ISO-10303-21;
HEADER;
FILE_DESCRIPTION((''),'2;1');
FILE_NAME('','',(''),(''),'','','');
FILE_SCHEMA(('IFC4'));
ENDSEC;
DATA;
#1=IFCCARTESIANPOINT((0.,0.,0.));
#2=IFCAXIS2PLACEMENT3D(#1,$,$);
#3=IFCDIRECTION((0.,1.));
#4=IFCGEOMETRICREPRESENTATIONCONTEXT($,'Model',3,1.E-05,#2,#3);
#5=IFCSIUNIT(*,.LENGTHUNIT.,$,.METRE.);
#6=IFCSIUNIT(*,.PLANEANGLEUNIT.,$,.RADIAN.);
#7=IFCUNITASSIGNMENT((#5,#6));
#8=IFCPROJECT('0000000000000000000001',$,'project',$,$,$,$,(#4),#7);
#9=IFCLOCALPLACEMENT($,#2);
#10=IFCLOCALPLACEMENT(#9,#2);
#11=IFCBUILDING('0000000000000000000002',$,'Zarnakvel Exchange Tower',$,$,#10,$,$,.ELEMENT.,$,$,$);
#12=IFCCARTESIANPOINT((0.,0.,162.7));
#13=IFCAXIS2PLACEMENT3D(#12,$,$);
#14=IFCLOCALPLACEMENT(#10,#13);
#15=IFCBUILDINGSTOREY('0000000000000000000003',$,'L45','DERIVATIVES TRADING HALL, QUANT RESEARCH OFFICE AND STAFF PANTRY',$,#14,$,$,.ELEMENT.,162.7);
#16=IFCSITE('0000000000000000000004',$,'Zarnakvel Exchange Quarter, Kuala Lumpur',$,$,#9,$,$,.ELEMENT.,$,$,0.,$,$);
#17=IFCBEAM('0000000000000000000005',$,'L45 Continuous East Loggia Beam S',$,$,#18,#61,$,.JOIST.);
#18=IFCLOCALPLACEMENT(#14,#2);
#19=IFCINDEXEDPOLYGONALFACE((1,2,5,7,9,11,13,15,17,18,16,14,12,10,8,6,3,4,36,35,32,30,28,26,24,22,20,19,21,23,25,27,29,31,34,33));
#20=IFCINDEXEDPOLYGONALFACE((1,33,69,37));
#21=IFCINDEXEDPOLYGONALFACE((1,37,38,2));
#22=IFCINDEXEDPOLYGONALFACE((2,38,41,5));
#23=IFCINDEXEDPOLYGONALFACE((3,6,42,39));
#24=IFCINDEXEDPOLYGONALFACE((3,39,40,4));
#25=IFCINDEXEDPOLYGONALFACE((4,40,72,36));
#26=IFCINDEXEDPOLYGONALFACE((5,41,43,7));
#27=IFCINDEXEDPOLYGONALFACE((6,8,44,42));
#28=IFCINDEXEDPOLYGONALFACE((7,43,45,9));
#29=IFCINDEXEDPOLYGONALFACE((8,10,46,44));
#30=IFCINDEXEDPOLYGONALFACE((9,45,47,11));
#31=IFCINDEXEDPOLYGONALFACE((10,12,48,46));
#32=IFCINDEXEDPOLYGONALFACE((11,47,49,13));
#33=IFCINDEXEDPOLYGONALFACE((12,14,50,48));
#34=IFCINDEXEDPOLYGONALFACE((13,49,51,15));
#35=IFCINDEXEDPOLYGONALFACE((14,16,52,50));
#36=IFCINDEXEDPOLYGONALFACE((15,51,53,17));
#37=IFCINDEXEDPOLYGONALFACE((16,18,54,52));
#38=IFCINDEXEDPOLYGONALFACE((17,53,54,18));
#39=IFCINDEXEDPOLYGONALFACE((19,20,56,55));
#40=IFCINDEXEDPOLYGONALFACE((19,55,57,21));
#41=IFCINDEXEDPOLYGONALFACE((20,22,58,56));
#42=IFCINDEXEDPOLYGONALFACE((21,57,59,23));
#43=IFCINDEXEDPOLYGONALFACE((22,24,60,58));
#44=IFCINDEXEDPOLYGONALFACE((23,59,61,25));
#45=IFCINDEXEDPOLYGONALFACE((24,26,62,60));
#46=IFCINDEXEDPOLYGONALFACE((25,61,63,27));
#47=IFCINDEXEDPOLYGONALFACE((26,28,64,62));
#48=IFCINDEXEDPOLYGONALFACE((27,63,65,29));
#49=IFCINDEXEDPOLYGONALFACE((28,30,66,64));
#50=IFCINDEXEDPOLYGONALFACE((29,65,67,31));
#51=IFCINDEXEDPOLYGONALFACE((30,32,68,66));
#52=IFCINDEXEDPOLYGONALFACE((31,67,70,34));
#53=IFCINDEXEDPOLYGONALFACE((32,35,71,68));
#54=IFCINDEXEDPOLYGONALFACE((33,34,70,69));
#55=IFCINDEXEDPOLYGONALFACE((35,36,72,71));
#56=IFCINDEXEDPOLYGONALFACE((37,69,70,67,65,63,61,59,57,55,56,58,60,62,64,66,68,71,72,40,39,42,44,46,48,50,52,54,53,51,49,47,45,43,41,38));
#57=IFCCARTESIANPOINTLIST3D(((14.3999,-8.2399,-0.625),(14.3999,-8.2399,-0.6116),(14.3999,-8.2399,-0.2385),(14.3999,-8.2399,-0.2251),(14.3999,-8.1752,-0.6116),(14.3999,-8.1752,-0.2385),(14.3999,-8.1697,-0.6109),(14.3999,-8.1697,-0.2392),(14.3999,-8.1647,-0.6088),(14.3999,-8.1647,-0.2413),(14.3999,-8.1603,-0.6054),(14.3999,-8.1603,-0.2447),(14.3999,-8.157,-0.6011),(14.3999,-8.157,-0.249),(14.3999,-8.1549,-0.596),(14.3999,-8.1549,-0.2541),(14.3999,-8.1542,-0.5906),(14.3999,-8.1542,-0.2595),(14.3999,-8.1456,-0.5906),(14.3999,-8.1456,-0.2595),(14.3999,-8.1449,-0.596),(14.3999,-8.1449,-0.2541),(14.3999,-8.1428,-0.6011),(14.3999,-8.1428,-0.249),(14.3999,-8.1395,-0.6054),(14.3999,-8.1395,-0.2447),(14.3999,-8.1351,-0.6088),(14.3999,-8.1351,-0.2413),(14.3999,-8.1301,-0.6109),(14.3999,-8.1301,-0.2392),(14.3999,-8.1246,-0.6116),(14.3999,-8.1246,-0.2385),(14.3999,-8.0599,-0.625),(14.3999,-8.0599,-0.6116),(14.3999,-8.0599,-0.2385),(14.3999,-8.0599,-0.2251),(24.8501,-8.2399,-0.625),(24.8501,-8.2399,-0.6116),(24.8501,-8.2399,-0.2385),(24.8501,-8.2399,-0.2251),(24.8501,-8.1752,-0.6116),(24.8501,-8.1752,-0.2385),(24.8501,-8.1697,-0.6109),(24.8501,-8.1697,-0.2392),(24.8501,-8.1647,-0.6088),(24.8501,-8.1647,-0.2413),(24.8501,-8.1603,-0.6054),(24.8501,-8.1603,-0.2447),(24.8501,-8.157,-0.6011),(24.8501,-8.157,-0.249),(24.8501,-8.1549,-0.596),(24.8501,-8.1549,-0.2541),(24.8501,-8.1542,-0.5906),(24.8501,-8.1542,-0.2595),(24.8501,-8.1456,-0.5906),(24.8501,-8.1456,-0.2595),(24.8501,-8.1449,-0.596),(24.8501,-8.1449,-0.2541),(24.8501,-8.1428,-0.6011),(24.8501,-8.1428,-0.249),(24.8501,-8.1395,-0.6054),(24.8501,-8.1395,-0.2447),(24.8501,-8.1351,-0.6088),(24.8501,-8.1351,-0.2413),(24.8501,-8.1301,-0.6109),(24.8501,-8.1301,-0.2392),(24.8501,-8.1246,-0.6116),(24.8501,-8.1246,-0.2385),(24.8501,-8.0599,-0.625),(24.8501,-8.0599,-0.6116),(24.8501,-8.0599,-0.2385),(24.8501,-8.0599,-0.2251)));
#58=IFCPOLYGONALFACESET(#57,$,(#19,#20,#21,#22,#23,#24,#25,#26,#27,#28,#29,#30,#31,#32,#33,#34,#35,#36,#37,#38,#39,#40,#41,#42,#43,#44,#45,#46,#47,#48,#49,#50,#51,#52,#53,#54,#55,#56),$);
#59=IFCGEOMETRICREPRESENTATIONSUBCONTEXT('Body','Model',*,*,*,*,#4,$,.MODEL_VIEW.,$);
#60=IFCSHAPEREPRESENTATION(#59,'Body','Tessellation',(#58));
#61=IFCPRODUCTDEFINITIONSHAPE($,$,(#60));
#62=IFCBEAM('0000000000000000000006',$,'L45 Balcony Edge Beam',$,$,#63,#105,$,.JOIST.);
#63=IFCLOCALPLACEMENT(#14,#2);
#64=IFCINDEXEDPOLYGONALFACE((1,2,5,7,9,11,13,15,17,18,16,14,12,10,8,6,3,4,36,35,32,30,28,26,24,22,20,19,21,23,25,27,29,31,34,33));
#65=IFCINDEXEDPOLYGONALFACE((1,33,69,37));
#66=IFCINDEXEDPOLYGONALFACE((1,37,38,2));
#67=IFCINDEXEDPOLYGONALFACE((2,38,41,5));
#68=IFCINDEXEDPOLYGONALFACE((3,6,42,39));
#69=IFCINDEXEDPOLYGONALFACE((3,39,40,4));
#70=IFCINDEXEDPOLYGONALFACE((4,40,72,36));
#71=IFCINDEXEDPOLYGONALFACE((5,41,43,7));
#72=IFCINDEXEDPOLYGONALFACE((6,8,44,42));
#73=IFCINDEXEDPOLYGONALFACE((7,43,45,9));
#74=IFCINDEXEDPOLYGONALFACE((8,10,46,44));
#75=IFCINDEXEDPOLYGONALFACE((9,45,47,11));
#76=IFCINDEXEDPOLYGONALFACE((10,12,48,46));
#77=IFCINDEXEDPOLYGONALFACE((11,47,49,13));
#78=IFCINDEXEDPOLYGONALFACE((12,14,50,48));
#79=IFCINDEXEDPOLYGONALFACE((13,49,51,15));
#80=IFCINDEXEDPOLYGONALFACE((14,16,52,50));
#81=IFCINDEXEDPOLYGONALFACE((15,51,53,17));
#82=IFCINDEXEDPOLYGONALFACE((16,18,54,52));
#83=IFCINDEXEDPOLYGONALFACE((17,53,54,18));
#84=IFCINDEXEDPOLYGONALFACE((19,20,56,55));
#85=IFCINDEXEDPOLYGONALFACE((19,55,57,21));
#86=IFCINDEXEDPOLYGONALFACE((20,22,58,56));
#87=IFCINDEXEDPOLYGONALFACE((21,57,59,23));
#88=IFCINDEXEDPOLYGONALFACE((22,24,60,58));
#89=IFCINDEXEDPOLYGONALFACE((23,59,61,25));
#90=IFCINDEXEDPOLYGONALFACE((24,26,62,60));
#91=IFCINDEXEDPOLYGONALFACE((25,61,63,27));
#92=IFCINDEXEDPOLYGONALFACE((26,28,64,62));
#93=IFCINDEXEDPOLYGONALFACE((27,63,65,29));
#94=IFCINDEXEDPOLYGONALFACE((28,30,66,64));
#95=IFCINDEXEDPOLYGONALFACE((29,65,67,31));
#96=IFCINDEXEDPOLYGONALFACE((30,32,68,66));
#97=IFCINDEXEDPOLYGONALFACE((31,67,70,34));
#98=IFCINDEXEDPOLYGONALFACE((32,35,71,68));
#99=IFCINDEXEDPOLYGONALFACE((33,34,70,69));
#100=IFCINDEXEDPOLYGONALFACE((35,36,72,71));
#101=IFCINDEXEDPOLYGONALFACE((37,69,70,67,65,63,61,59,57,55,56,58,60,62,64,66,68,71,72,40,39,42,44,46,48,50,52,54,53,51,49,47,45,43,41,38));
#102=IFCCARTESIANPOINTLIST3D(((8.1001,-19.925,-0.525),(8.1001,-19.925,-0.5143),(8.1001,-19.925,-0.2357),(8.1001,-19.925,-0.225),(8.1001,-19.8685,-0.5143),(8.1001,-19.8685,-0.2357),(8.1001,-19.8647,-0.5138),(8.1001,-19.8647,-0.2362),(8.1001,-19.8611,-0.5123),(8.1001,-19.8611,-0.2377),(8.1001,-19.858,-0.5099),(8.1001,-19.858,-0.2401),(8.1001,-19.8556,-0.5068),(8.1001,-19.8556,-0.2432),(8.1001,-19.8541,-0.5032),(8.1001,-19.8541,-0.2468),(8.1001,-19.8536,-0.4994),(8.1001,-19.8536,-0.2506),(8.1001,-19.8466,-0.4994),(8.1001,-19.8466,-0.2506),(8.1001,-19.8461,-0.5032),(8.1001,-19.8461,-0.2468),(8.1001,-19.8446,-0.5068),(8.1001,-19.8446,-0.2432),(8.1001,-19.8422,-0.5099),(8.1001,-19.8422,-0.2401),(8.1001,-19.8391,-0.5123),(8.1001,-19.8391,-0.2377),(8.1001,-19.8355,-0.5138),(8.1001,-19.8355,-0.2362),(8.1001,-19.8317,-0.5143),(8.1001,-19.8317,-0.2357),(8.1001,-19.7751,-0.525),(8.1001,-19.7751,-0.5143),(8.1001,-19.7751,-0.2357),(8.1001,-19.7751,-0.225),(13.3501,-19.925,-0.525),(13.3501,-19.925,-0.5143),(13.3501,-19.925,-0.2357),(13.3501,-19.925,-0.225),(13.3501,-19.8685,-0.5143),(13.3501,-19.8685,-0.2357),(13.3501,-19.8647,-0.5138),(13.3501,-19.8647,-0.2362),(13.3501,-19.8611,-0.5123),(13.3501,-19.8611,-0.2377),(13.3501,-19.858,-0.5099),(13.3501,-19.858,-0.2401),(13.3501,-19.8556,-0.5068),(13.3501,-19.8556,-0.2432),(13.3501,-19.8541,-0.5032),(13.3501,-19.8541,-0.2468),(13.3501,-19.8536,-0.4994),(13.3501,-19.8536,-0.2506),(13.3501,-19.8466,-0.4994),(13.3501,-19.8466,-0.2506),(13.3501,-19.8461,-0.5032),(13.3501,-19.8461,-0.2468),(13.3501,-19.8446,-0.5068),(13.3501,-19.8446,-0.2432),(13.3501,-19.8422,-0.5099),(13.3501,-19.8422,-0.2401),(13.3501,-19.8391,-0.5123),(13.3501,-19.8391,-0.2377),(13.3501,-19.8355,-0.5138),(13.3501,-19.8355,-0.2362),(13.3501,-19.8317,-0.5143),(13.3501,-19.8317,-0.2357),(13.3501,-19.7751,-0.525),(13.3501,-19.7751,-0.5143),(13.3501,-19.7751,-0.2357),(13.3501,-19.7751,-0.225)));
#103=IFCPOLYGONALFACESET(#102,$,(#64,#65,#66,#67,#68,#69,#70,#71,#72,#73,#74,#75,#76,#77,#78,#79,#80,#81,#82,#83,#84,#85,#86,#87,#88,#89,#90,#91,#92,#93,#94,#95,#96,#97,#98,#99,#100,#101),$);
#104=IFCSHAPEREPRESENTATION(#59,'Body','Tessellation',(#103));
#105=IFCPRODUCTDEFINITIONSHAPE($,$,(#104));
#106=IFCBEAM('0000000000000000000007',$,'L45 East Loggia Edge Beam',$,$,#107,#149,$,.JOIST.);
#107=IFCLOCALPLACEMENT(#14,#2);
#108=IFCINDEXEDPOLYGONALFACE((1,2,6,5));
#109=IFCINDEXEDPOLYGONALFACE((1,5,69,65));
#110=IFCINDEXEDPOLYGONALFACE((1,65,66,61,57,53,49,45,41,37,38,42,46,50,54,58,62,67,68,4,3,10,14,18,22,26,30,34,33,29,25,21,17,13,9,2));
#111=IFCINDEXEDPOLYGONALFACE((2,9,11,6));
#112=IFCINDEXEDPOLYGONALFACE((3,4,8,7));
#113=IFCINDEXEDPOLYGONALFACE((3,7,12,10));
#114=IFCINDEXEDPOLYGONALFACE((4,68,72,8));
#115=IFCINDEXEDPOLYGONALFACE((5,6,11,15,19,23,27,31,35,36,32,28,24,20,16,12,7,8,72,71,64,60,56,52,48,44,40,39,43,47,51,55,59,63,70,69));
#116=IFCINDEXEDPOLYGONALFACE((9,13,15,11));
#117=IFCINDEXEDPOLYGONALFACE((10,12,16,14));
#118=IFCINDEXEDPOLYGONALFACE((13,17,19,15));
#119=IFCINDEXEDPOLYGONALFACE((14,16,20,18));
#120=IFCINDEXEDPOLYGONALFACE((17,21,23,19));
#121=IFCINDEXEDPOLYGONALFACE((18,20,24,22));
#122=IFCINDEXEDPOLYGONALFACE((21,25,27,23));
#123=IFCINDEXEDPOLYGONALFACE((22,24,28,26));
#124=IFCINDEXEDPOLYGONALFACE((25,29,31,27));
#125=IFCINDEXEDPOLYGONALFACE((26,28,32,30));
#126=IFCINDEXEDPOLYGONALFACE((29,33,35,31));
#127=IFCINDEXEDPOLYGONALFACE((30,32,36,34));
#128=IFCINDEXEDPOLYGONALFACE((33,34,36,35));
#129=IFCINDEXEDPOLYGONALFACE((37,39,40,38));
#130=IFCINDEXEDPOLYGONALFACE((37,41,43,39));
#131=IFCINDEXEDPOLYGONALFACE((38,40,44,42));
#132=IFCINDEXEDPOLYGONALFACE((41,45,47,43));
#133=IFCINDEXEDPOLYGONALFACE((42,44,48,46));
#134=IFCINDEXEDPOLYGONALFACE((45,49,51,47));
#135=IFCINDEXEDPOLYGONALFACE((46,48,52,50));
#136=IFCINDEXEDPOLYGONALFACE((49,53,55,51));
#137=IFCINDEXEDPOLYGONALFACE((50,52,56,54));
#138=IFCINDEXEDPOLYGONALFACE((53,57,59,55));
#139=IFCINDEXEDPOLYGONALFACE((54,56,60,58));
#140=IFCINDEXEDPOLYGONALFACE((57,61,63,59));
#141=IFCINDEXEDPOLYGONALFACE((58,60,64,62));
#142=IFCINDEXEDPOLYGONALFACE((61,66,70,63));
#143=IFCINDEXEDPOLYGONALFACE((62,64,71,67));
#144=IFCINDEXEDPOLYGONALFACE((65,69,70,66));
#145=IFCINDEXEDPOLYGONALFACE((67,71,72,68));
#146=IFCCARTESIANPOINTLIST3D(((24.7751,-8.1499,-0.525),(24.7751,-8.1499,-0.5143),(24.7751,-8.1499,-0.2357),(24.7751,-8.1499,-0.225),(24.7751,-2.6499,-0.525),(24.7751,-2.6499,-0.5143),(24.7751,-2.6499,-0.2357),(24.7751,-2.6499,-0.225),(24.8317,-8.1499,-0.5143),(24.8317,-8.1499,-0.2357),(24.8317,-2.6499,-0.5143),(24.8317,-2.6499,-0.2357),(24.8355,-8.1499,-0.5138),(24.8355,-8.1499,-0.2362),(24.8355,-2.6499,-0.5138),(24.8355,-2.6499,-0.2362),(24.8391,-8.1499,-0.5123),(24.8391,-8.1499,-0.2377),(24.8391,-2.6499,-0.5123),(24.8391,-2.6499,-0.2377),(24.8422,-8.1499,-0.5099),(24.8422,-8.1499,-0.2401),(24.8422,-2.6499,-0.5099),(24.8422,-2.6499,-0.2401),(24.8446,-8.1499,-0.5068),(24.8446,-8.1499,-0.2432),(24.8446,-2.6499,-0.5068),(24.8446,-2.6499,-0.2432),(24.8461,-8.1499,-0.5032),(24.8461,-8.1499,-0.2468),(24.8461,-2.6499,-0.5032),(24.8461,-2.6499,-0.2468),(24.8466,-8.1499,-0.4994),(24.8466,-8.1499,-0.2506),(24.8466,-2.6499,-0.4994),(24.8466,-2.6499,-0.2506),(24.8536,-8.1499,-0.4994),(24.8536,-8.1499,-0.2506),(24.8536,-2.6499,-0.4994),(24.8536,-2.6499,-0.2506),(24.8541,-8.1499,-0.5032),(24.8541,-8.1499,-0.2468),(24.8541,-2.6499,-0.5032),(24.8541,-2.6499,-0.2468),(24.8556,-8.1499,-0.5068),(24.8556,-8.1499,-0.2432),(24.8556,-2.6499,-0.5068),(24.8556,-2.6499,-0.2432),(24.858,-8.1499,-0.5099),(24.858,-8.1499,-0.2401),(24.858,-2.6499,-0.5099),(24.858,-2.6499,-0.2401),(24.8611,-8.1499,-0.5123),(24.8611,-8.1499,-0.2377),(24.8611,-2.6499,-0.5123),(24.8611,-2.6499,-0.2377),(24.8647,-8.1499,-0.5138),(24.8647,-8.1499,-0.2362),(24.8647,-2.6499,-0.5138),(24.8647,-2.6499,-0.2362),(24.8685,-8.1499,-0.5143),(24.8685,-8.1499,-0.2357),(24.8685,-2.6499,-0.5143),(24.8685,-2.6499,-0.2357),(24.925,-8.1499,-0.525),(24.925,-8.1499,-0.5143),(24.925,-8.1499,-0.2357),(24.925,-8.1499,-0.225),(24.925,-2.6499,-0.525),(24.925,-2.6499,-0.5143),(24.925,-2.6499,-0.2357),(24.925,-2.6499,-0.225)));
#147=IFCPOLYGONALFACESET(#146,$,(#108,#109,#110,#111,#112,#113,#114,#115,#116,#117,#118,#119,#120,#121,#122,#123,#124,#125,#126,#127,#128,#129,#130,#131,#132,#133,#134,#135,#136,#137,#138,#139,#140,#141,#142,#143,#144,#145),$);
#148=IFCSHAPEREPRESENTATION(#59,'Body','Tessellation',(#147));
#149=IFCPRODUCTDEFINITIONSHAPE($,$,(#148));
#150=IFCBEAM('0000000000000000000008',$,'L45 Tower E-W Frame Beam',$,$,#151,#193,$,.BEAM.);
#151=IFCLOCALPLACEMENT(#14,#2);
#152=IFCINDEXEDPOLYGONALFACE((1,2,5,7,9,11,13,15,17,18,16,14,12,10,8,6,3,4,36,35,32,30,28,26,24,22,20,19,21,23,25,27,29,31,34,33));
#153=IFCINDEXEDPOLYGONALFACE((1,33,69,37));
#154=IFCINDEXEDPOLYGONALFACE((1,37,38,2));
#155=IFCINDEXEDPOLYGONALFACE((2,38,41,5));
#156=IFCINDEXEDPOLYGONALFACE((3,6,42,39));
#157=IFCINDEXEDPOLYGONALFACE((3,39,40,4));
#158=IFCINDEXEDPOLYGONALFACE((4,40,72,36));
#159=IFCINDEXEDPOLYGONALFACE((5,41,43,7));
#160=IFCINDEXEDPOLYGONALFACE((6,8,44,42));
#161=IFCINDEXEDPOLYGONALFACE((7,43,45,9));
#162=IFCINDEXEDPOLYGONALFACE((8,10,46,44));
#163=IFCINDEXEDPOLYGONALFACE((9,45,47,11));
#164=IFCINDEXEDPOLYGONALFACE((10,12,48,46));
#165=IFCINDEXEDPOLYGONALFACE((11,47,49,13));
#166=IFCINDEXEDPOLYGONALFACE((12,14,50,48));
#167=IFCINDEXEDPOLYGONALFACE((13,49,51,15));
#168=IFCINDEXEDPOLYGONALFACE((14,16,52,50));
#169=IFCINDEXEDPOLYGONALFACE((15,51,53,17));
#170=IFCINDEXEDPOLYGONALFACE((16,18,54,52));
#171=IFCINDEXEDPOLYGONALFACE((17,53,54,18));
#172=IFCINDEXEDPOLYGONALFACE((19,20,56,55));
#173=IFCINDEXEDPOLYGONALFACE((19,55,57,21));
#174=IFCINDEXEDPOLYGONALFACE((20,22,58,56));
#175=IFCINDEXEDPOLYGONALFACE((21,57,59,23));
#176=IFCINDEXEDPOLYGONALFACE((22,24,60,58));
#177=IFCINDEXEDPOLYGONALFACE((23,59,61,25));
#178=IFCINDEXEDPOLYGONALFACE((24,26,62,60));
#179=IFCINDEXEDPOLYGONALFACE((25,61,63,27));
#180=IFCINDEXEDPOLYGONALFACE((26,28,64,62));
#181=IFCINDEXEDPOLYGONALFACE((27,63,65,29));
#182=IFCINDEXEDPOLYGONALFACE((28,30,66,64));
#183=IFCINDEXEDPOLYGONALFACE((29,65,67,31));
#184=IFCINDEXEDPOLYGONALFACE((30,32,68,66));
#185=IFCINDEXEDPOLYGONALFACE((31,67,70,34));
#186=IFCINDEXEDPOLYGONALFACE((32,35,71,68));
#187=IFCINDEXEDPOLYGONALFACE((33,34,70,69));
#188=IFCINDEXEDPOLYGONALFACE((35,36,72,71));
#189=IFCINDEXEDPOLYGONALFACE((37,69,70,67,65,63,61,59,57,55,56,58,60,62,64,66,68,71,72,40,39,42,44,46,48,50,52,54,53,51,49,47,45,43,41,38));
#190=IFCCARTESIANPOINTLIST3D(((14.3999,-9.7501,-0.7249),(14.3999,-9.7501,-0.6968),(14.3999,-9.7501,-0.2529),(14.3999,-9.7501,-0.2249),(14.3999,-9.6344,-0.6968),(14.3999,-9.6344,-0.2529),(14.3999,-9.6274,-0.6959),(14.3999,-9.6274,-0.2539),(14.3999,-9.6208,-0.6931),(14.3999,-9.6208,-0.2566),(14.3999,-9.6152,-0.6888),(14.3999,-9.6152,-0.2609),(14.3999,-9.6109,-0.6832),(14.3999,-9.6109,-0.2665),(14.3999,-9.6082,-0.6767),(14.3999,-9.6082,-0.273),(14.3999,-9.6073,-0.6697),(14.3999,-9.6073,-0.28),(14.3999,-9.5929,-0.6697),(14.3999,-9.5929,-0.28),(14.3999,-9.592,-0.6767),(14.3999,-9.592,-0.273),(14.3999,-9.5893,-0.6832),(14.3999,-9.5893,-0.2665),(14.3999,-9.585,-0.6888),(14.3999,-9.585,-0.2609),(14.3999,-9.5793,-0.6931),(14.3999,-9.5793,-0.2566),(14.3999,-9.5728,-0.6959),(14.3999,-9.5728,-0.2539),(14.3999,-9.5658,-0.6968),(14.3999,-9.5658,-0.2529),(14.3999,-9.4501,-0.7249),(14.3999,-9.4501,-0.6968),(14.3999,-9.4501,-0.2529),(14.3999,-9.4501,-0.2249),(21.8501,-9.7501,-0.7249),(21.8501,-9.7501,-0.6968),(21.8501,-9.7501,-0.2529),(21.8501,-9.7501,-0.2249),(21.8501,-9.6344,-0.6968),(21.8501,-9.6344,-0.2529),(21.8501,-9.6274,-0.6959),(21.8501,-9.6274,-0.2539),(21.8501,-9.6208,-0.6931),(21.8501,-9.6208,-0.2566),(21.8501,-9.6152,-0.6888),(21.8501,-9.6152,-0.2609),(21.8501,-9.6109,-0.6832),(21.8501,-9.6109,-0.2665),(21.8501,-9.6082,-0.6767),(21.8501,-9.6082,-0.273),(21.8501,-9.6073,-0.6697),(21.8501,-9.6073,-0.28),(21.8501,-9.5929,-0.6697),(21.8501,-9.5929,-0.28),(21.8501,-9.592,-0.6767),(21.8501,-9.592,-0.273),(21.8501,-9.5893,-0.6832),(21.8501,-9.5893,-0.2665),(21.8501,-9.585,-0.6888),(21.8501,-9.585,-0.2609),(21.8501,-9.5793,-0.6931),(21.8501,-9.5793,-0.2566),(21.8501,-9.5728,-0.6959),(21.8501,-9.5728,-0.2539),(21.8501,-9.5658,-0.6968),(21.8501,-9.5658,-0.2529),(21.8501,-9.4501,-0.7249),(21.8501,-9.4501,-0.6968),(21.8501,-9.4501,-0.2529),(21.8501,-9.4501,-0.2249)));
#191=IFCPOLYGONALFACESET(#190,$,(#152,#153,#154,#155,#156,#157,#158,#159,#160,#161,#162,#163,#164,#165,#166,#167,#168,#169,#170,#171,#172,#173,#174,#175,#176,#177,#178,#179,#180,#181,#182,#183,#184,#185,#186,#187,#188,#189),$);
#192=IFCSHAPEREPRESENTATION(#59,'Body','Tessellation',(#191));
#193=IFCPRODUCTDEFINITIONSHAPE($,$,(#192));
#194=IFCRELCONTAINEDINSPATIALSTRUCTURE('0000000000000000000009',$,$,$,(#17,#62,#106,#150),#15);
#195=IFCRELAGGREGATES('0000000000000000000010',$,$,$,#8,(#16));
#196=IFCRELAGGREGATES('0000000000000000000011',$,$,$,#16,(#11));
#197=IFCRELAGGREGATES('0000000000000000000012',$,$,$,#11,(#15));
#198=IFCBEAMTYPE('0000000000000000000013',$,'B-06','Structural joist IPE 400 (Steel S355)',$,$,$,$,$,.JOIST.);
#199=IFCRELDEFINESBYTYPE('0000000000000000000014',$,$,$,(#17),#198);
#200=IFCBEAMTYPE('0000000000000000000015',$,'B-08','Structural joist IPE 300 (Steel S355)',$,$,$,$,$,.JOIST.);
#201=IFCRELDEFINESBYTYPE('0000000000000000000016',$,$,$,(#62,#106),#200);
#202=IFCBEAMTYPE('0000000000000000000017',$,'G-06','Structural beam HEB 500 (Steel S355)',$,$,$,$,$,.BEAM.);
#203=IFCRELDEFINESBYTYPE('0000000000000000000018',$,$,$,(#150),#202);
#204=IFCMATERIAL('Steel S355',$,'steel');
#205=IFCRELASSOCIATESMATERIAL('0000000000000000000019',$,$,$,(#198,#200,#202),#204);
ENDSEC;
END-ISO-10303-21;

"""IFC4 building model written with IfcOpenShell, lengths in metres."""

from ifc_helpers import new_model, si_unit, direction, frame, origin, origin_2d, place, context, subcontext, project, spatial, i_section, extrude, material, material_profile, profile_set, type_object, element, save


model = new_model("IFC4")

# Units and contexts
model_context = context("Model", 3, precision=1e-05, world=origin(), true_north=direction((0.0, 1.0)))
body_context = subcontext(model_context, "Body", "Model", "MODEL_VIEW")
ifc_project = project(units=[si_unit("LENGTHUNIT", "METRE"), si_unit("PLANEANGLEUNIT", "RADIAN")], contexts=[model_context])

# Site, building, storey
site_placement = place(None, origin())
site = spatial("IfcSite", under=ifc_project, at=site_placement, Name="Zarnakvel Exchange Quarter, Kuala Lumpur", CompositionType="ELEMENT", RefElevation=0.0)
building_placement = place(site_placement, origin())
building = spatial("IfcBuilding", under=site, at=building_placement, Name="Zarnakvel Exchange Tower", CompositionType="ELEMENT")
storey_placement = place(building_placement, frame((0.0, 0.0, 162.7)))
storey = spatial("IfcBuildingStorey", under=building, at=storey_placement, Name="L45", Description="DERIVATIVES TRADING HALL, QUANT RESEARCH OFFICE AND STAFF PANTRY", CompositionType="ELEMENT", Elevation=162.7)

# Shared definitions
ifc_material_1 = material(Name="Steel S355", Category="steel")

# Beams
ifc_material_profile_1 = material_profile(ifc_material_1, i_section(OverallWidth=0.1799, OverallDepth=0.3999, WebThickness=0.0085, FlangeThickness=0.0134, FilletRadius=0.021, at=origin_2d()))
ifc_profile_set_1 = profile_set([ifc_material_profile_1], Name="Steel S355")
beam_type_1 = type_object("IfcBeamType", Name="B-06", Description="Structural joist IPE 400 (Steel S355)", PredefinedType="JOIST", material=ifc_profile_set_1)
beam_1_placement = place(storey_placement, frame((14.3999, -8.1499, -0.425), z_axis=(1.0, 0.0, 0.0), x_axis=(0.0, 1.0, 0.0)))
element("IfcBeam", 1, at=beam_1_placement, inside=storey, type_object=beam_type_1, Name="L45 Continuous East Loggia Beam S", PredefinedType="JOIST", context=body_context, shape_type="SweptSolid", body=[
    extrude(i_section(OverallWidth=0.1799, OverallDepth=0.3999, WebThickness=0.0085, FlangeThickness=0.0134, FilletRadius=0.021, at=origin_2d()), origin(), (0.0, 0.0, 1.0), 10.4502),
])
ifc_material_profile_2 = material_profile(ifc_material_1, i_section(OverallWidth=0.1499, OverallDepth=0.3, WebThickness=0.0071, FlangeThickness=0.0107, FilletRadius=0.0149, at=origin_2d()))
ifc_profile_set_2 = profile_set([ifc_material_profile_2], Name="Steel S355")
beam_type_2 = type_object("IfcBeamType", Name="B-08", Description="Structural joist IPE 300 (Steel S355)", PredefinedType="JOIST", material=ifc_profile_set_2)
beam_2_placement = place(storey_placement, frame((8.1001, -19.8501, -0.375), z_axis=(1.0, 0.0, 0.0), x_axis=(0.0, 1.0, 0.0)))
element("IfcBeam", 2, at=beam_2_placement, inside=storey, type_object=beam_type_2, Name="L45 Balcony Edge Beam", PredefinedType="JOIST", context=body_context, shape_type="SweptSolid", body=[
    extrude(i_section(OverallWidth=0.1499, OverallDepth=0.3, WebThickness=0.0071, FlangeThickness=0.0107, FilletRadius=0.0149, at=origin_2d()), origin(), (0.0, 0.0, 1.0), 5.25),
])
beam_3_placement = place(storey_placement, frame((24.8501, -8.1499, -0.375), z_axis=(0.0, 1.0, 0.0), x_axis=(-1.0, 0.0, 0.0)))
element("IfcBeam", 3, at=beam_3_placement, inside=storey, type_object=beam_type_2, Name="L45 East Loggia Edge Beam", PredefinedType="JOIST", context=body_context, shape_type="SweptSolid", body=[
    extrude(i_section(OverallWidth=0.1499, OverallDepth=0.3, WebThickness=0.0071, FlangeThickness=0.0107, FilletRadius=0.0149, at=origin_2d()), origin(), (0.0, 0.0, 1.0), 5.5),
])
ifc_material_profile_3 = material_profile(ifc_material_1, i_section(OverallWidth=0.3, OverallDepth=0.5, WebThickness=0.0144, FlangeThickness=0.0281, FilletRadius=0.0271, at=origin_2d()))
ifc_profile_set_3 = profile_set([ifc_material_profile_3], Name="Steel S355")
beam_type_3 = type_object("IfcBeamType", Name="G-06", Description="Structural beam HEB 500 (Steel S355)", PredefinedType="BEAM", material=ifc_profile_set_3)
beam_4_placement = place(storey_placement, frame((14.3999, -9.6001, -0.4749), z_axis=(1.0, 0.0, 0.0), x_axis=(0.0, 1.0, 0.0)))
element("IfcBeam", 4, at=beam_4_placement, inside=storey, type_object=beam_type_3, Name="L45 Tower E-W Frame Beam", PredefinedType="BEAM", context=body_context, shape_type="SweptSolid", body=[
    extrude(i_section(OverallWidth=0.3, OverallDepth=0.5, WebThickness=0.0144, FlangeThickness=0.0281, FilletRadius=0.0271, at=origin_2d()), origin(), (0.0, 0.0, 1.0), 7.4502),
])

save(model, "model.ifc")
